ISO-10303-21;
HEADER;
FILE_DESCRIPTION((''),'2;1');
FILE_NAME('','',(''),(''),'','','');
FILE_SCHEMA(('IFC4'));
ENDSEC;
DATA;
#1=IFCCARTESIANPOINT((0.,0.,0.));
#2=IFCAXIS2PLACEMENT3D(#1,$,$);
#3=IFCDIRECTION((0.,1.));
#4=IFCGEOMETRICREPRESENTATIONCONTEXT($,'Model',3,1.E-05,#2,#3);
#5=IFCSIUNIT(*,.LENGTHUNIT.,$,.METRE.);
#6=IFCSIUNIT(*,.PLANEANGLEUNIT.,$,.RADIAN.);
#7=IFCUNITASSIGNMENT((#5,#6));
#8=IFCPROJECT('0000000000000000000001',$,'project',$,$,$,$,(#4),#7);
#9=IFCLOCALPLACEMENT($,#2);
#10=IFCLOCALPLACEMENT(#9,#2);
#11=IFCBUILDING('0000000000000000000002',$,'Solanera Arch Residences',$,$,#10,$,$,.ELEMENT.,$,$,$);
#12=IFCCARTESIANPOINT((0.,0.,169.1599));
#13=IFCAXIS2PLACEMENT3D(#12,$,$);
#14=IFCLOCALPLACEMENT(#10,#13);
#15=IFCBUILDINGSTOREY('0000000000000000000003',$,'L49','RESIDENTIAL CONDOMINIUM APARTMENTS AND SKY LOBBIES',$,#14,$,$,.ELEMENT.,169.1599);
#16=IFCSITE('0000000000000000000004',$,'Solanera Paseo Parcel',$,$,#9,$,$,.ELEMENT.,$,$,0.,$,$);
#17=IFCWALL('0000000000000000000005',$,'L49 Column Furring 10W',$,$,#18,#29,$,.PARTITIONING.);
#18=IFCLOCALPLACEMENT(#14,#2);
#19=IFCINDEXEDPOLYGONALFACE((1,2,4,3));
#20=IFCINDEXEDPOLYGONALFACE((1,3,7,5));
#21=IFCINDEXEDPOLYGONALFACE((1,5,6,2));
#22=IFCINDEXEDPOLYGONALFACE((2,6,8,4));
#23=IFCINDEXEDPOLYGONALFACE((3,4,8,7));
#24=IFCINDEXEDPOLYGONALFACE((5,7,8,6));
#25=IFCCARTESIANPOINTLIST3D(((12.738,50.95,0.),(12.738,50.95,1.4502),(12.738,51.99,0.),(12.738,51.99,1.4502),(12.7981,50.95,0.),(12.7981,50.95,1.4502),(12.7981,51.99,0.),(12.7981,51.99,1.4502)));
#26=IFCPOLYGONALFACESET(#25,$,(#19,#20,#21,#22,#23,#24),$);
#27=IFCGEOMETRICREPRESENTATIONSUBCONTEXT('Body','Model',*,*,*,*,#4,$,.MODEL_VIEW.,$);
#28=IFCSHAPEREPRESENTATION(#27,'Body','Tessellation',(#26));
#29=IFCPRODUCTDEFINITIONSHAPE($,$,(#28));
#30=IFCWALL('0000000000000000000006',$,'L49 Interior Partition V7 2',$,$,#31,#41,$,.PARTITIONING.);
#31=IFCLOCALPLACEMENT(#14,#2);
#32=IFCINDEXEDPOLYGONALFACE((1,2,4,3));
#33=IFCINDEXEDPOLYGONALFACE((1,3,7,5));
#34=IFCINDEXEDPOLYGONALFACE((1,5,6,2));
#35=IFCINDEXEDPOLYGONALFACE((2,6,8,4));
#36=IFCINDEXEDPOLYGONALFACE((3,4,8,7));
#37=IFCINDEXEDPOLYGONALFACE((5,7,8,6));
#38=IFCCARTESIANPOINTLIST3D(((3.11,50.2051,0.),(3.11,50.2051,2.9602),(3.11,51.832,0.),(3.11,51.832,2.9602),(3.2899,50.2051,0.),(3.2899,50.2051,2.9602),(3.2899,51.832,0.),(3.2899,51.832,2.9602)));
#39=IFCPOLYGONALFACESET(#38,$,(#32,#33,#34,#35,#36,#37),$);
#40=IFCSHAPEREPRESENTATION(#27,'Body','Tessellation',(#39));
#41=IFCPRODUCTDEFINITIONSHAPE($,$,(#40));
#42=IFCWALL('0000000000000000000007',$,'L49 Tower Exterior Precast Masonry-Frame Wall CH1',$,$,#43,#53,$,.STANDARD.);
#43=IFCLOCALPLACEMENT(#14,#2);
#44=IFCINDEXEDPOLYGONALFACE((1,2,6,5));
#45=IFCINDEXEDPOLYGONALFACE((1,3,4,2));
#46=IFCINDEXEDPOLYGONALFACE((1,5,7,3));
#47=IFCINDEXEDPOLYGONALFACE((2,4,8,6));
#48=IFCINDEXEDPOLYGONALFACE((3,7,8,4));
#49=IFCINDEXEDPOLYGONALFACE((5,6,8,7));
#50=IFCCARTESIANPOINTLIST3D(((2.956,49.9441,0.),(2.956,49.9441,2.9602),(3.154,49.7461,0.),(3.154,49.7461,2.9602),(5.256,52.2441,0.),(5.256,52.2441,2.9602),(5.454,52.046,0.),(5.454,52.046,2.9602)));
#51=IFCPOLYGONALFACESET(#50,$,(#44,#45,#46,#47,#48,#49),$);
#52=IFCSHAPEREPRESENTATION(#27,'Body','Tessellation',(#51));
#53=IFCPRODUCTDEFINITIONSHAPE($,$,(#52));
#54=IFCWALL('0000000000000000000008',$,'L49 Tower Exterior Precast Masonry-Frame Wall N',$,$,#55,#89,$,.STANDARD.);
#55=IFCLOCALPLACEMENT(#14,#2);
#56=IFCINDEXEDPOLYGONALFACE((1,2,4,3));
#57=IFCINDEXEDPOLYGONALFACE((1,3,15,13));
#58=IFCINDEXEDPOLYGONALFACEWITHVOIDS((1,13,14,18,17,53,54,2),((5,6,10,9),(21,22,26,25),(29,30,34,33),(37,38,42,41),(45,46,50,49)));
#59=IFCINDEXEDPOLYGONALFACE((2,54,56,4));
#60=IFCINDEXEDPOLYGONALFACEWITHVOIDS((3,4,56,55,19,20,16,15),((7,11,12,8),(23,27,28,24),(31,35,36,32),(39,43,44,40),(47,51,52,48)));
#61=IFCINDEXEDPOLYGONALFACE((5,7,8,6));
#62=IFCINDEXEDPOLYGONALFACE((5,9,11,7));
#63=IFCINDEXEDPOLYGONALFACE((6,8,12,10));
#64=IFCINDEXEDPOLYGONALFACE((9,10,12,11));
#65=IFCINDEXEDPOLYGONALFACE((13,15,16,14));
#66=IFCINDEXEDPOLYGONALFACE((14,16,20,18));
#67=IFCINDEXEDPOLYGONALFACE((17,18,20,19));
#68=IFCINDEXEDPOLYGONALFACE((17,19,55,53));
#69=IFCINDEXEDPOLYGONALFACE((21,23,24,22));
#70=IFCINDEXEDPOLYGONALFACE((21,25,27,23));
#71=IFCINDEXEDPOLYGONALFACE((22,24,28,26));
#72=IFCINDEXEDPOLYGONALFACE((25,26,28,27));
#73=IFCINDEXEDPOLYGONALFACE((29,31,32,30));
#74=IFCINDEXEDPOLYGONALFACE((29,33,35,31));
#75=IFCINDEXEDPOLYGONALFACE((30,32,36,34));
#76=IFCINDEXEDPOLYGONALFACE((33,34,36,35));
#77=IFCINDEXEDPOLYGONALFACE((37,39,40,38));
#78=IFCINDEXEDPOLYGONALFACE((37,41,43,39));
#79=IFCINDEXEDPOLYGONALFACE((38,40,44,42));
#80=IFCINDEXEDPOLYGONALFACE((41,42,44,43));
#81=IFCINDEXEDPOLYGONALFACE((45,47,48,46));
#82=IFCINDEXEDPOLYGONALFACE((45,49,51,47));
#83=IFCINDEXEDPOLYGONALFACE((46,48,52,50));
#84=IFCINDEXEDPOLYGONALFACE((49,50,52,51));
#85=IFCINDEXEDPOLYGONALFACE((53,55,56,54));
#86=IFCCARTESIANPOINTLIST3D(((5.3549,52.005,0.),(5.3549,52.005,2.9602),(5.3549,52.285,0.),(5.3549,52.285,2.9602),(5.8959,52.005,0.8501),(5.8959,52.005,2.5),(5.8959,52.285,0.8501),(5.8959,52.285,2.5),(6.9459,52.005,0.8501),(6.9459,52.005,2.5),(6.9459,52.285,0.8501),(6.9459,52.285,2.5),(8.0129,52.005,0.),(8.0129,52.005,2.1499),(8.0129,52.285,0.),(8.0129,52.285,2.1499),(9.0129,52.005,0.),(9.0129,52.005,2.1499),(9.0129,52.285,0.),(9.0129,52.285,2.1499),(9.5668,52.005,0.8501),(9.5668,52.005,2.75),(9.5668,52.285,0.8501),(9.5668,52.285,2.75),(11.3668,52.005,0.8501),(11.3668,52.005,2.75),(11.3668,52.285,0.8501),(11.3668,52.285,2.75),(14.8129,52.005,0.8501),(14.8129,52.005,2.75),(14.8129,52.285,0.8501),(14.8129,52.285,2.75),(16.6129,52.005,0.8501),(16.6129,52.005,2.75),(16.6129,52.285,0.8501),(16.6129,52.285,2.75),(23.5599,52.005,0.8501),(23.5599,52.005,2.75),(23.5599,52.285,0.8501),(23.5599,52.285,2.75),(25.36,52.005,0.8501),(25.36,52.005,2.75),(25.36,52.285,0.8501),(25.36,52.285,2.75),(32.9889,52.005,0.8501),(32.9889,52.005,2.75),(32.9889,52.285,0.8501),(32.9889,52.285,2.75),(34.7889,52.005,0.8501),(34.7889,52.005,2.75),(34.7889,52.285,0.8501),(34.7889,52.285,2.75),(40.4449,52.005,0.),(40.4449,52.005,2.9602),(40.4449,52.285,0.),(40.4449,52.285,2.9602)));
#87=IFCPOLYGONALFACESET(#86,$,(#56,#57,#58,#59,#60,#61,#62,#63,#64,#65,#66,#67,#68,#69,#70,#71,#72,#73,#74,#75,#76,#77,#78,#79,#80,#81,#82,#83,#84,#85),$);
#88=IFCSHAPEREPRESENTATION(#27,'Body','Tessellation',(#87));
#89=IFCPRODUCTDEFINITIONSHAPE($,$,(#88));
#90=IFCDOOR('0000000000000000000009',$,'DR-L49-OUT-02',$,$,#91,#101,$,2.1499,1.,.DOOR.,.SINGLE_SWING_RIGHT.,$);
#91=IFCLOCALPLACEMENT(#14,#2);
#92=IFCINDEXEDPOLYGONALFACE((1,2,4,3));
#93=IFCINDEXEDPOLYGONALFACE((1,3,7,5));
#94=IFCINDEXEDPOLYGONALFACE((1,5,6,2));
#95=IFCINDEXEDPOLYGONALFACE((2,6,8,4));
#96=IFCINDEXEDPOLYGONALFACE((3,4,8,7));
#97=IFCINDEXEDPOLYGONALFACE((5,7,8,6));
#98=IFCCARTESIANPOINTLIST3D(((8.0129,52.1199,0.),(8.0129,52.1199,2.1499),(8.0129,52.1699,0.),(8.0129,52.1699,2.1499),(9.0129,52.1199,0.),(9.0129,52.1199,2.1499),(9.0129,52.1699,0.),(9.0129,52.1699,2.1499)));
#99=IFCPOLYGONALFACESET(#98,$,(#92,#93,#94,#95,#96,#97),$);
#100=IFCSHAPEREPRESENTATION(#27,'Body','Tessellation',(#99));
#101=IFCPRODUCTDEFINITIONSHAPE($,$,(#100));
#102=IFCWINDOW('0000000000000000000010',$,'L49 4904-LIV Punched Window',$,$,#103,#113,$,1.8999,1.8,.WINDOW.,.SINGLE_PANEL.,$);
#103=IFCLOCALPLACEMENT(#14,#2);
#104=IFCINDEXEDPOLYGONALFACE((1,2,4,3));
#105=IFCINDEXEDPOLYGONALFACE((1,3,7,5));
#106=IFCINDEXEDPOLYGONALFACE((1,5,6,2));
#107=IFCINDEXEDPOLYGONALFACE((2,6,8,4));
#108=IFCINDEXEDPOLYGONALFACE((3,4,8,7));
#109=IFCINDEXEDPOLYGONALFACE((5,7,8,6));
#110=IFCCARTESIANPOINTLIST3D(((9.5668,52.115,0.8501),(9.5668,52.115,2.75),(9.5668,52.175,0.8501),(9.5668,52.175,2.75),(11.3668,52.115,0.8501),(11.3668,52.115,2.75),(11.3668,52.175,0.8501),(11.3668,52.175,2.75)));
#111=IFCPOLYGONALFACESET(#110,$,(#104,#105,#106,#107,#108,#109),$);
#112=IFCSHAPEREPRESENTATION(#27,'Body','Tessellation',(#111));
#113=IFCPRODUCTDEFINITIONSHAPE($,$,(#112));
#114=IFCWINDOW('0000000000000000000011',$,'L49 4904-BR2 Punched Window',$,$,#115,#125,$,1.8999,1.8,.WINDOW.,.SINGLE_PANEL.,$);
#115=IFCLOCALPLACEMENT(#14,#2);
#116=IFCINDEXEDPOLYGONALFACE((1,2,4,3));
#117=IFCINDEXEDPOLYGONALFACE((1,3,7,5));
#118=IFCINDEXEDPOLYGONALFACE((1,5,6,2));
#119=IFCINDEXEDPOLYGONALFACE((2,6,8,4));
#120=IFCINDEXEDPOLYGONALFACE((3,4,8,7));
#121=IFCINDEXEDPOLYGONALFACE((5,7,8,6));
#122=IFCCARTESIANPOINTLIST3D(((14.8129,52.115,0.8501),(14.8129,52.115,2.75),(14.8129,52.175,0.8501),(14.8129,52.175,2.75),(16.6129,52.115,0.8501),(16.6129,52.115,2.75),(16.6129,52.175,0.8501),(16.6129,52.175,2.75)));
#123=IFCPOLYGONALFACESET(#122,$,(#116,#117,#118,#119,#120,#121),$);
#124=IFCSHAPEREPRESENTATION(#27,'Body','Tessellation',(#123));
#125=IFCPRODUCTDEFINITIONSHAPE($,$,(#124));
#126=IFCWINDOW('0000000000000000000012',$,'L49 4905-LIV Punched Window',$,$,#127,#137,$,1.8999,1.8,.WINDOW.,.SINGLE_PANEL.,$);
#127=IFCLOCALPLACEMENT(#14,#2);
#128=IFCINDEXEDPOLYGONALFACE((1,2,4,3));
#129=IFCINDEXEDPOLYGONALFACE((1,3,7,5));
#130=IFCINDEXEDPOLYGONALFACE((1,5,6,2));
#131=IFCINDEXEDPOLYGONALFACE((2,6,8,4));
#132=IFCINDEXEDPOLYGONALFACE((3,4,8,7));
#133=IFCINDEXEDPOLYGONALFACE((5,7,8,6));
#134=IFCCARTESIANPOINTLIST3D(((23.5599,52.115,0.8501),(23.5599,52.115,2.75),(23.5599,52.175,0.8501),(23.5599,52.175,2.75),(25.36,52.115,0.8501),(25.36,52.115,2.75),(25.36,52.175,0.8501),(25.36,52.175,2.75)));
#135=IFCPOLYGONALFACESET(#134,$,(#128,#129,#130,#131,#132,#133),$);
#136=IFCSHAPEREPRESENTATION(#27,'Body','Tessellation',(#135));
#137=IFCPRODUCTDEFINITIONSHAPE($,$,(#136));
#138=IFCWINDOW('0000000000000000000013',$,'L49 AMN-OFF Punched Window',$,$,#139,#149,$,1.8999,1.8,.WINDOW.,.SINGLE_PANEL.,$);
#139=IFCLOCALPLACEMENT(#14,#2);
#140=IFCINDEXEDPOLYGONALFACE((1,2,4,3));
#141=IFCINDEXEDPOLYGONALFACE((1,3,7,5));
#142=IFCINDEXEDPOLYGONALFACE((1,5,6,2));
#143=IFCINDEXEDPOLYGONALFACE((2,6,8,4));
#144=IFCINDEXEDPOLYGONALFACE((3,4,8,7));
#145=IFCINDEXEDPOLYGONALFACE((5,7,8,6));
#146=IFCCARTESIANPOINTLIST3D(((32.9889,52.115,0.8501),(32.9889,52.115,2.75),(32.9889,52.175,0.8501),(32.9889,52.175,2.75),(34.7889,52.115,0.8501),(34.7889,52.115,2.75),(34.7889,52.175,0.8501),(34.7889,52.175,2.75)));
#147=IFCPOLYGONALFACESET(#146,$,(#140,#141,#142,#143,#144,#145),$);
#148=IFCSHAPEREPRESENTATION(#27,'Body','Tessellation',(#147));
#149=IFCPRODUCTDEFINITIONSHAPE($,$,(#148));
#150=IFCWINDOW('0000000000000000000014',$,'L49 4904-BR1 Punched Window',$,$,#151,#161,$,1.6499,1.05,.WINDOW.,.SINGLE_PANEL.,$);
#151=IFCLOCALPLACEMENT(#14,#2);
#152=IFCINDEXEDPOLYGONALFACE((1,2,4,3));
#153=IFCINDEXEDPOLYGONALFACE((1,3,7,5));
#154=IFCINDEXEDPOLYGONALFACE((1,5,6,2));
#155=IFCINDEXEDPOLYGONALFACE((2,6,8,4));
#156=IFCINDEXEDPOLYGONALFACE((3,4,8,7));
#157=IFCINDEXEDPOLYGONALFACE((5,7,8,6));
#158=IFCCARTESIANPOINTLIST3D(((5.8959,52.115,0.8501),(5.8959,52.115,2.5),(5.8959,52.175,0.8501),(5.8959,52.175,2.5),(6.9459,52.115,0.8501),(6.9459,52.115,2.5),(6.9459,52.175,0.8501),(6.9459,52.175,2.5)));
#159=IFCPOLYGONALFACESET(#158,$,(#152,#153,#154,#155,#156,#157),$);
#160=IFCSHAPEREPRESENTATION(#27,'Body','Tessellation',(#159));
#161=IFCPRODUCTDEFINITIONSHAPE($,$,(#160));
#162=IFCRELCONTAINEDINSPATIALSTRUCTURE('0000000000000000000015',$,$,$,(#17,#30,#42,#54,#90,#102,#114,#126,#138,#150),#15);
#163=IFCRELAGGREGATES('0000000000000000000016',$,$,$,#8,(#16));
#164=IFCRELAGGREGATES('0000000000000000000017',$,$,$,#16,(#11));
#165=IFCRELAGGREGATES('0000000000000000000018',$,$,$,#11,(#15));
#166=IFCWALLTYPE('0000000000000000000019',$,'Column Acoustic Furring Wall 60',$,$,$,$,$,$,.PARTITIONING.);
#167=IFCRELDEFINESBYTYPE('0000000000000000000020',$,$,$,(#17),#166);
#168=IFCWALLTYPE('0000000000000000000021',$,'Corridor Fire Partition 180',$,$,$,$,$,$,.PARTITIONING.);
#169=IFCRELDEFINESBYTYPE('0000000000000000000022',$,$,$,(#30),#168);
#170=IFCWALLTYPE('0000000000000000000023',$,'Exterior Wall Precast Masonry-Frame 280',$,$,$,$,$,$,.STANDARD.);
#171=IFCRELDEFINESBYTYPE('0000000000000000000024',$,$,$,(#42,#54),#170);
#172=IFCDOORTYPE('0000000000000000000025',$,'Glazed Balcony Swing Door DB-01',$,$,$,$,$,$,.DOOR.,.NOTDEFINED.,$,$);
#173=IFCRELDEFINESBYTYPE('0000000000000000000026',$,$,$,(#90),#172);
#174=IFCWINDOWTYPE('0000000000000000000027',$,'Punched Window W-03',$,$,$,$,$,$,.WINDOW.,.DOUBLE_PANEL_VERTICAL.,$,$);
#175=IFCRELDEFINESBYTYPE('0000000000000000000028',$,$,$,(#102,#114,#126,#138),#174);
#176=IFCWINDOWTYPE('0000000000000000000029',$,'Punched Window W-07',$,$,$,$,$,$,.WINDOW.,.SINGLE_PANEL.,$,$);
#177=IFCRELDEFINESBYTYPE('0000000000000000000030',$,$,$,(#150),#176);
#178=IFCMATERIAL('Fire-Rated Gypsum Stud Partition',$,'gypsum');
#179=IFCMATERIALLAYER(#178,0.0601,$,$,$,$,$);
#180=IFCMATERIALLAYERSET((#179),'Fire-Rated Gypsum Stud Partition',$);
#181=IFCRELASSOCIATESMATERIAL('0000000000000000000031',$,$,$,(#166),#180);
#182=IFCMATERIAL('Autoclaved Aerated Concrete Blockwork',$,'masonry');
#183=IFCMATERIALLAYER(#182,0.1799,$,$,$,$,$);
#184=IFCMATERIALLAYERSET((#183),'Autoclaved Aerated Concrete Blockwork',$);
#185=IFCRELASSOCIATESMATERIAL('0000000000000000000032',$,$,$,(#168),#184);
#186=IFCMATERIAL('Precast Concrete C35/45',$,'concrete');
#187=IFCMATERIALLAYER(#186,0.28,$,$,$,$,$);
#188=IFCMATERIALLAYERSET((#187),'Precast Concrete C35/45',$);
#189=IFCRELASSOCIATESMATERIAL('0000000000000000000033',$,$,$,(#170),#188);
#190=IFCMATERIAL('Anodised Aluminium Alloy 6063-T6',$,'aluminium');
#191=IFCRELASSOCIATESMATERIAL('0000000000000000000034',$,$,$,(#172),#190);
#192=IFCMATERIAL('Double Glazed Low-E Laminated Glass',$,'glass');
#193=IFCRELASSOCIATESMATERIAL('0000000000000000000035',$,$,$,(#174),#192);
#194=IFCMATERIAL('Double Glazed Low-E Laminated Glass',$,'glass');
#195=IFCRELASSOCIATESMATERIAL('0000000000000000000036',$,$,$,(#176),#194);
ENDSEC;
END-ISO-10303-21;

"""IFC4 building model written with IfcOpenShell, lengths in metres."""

from ifc_helpers import new_model, si_unit, direction, frame, frame_2d, origin, place, context, subcontext, project, spatial, rectangle, extrude, material, layer, layer_set, type_object, element, fill, save


model = new_model("IFC4")

# Units and contexts
model_context = context("Model", 3, precision=1e-05, world=origin(), true_north=direction((0.0, 1.0)))
body_context = subcontext(model_context, "Body", "Model", "MODEL_VIEW")
ifc_project = project(units=[si_unit("LENGTHUNIT", "METRE"), si_unit("PLANEANGLEUNIT", "RADIAN")], contexts=[model_context])

# Site, building, storey
site_placement = place(None, origin())
site = spatial("IfcSite", under=ifc_project, at=site_placement, Name="Solanera Paseo Parcel", CompositionType="ELEMENT", RefElevation=0.0)
building_placement = place(site_placement, origin())
building = spatial("IfcBuilding", under=site, at=building_placement, Name="Solanera Arch Residences", CompositionType="ELEMENT")
storey_placement = place(building_placement, frame((0.0, 0.0, 169.1599)))
storey = spatial("IfcBuildingStorey", under=building, at=storey_placement, Name="L49", Description="RESIDENTIAL CONDOMINIUM APARTMENTS AND SKY LOBBIES", CompositionType="ELEMENT", Elevation=169.1599)

# Walls
ifc_material_1 = material(Name="Fire-Rated Gypsum Stud Partition", Category="gypsum")
ifc_layer_1 = layer(ifc_material_1, 0.0601)
ifc_layer_set_1 = layer_set([ifc_layer_1], Name="Fire-Rated Gypsum Stud Partition")
wall_type_1 = type_object("IfcWallType", Name="Column Acoustic Furring Wall 60", PredefinedType="PARTITIONING", material=ifc_layer_set_1)
wall_1_placement = place(storey_placement, frame((12.7681, 50.95, 0.0), z_axis=(0.0, 0.0, 1.0), x_axis=(0.0, 1.0, 0.0)))
element("IfcWall", 1, at=wall_1_placement, inside=storey, type_object=wall_type_1, Name="L49 Column Furring 10W", PredefinedType="PARTITIONING", context=body_context, shape_type="SweptSolid", body=[
    extrude(rectangle(XDim=1.04, YDim=0.0601, at=frame_2d((0.52, 0.0))), origin(), (0.0, 0.0, 1.0), 1.4502),
])
ifc_material_2 = material(Name="Autoclaved Aerated Concrete Blockwork", Category="masonry")
ifc_layer_2 = layer(ifc_material_2, 0.1799)
ifc_layer_set_2 = layer_set([ifc_layer_2], Name="Autoclaved Aerated Concrete Blockwork")
wall_type_2 = type_object("IfcWallType", Name="Corridor Fire Partition 180", PredefinedType="PARTITIONING", material=ifc_layer_set_2)
wall_2_placement = place(storey_placement, frame((3.2, 50.2051, 0.0), z_axis=(0.0, 0.0, 1.0), x_axis=(0.0, 1.0, 0.0)))
element("IfcWall", 2, at=wall_2_placement, inside=storey, type_object=wall_type_2, Name="L49 Interior Partition V7 2", PredefinedType="PARTITIONING", context=body_context, shape_type="SweptSolid", body=[
    extrude(rectangle(XDim=1.627, YDim=0.1799, at=frame_2d((0.8135, 0.0))), origin(), (0.0, 0.0, 1.0), 2.9602),
])
ifc_material_3 = material(Name="Precast Concrete C35/45", Category="concrete")
ifc_layer_3 = layer(ifc_material_3, 0.28)
ifc_layer_set_3 = layer_set([ifc_layer_3], Name="Precast Concrete C35/45")
wall_type_3 = type_object("IfcWallType", Name="Exterior Wall Precast Masonry-Frame 280", PredefinedType="STANDARD", material=ifc_layer_set_3)
wall_3_placement = place(storey_placement, frame((3.0549, 49.845, 0.0), z_axis=(0.0, 0.0, 1.0), x_axis=(0.707107, 0.707107, 0.0)))
element("IfcWall", 3, at=wall_3_placement, inside=storey, type_object=wall_type_3, Name="L49 Tower Exterior Precast Masonry-Frame Wall CH1", PredefinedType="STANDARD", context=body_context, shape_type="SweptSolid", body=[
    extrude(rectangle(XDim=3.2527, YDim=0.28, at=frame_2d((1.6265, 0.0))), origin(), (0.0, 0.0, 1.0), 2.9602),
])

# Wall, openings, door, windows
wall_4_placement = place(storey_placement, frame((5.355, 52.145, 0.0), z_axis=(0.0, 0.0, 1.0), x_axis=(1.0, 0.0, 0.0)))
wall_4 = element("IfcWall", 4, at=wall_4_placement, inside=storey, type_object=wall_type_3, Name="L49 Tower Exterior Precast Masonry-Frame Wall N", PredefinedType="STANDARD", context=body_context, shape_type="SweptSolid", body=[
    extrude(rectangle(XDim=35.0901, YDim=0.28, at=frame_2d((17.5449, 0.0))), origin(), (0.0, 0.0, 1.0), 2.9602),
])
opening_1_placement = place(wall_4_placement, frame((2.658, 0.0, 0.0)))
opening_1 = element("IfcOpeningElement", 5, at=opening_1_placement, cuts=wall_4, PredefinedType="OPENING", context=body_context, shape_type="SweptSolid", body=[
    extrude(rectangle(XDim=1.0, YDim=2.1499, at=frame_2d((0.5, 1.075))), frame((0.0, 0.1499, 0.0), z_axis=(0.0, -1.0, 0.0), x_axis=(1.0, 0.0, 0.0)), (0.0, 0.0, 1.0), 0.3),
])
opening_2_placement = place(wall_4_placement, frame((4.2119, 0.0, 0.8501)))
opening_2 = element("IfcOpeningElement", 6, at=opening_2_placement, cuts=wall_4, PredefinedType="OPENING", context=body_context, shape_type="SweptSolid", body=[
    extrude(rectangle(XDim=1.8, YDim=1.8999, at=frame_2d((0.8999, 0.95))), frame((0.0, 0.1499, 0.0), z_axis=(0.0, -1.0, 0.0), x_axis=(1.0, 0.0, 0.0)), (0.0, 0.0, 1.0), 0.3),
])
opening_3_placement = place(wall_4_placement, frame((0.541, 0.0, 0.8501)))
opening_3 = element("IfcOpeningElement", 7, at=opening_3_placement, cuts=wall_4, PredefinedType="OPENING", context=body_context, shape_type="SweptSolid", body=[
    extrude(rectangle(XDim=1.05, YDim=1.6499, at=frame_2d((0.5249, 0.825))), frame((0.0, 0.1499, 0.0), z_axis=(0.0, -1.0, 0.0), x_axis=(1.0, 0.0, 0.0)), (0.0, 0.0, 1.0), 0.3),
])
opening_4_placement = place(wall_4_placement, frame((9.458, 0.0, 0.8501)))
opening_4 = element("IfcOpeningElement", 8, at=opening_4_placement, cuts=wall_4, PredefinedType="OPENING", context=body_context, shape_type="SweptSolid", body=[
    extrude(rectangle(XDim=1.8, YDim=1.8999, at=frame_2d((0.8999, 0.95))), frame((0.0, 0.1499, 0.0), z_axis=(0.0, -1.0, 0.0), x_axis=(1.0, 0.0, 0.0)), (0.0, 0.0, 1.0), 0.3),
])
opening_5_placement = place(wall_4_placement, frame((18.2051, 0.0, 0.8501)))
opening_5 = element("IfcOpeningElement", 9, at=opening_5_placement, cuts=wall_4, PredefinedType="OPENING", context=body_context, shape_type="SweptSolid", body=[
    extrude(rectangle(XDim=1.8, YDim=1.8999, at=frame_2d((0.8999, 0.95))), frame((0.0, 0.1499, 0.0), z_axis=(0.0, -1.0, 0.0), x_axis=(1.0, 0.0, 0.0)), (0.0, 0.0, 1.0), 0.3),
])
opening_6_placement = place(wall_4_placement, frame((27.634, 0.0, 0.8501)))
opening_6 = element("IfcOpeningElement", 10, at=opening_6_placement, cuts=wall_4, PredefinedType="OPENING", context=body_context, shape_type="SweptSolid", body=[
    extrude(rectangle(XDim=1.8, YDim=1.8999, at=frame_2d((0.8999, 0.95))), frame((0.0, 0.1499, 0.0), z_axis=(0.0, -1.0, 0.0), x_axis=(1.0, 0.0, 0.0)), (0.0, 0.0, 1.0), 0.3),
])
ifc_material_4 = material(Name="Anodised Aluminium Alloy 6063-T6", Category="aluminium")
door_type_1 = type_object("IfcDoorType", Name="Glazed Balcony Swing Door DB-01", OperationType="NOTDEFINED", PredefinedType="DOOR", material=ifc_material_4)
door_1_placement = place(opening_1_placement, origin())
door_1 = element("IfcDoor", 11, at=door_1_placement, inside=storey, type_object=door_type_1, Name="DR-L49-OUT-02", OperationType="SINGLE_SWING_RIGHT", OverallHeight=2.1499, OverallWidth=1.0, PredefinedType="DOOR", context=body_context, shape_type="SweptSolid", body=[
    extrude(rectangle(XDim=1.0, YDim=2.1499, at=frame_2d((0.5, 1.075))), frame((0.0, 0.0249, 0.0), z_axis=(0.0, -1.0, 0.0), x_axis=(1.0, 0.0, 0.0)), (0.0, 0.0, 1.0), 0.05),
])
fill(opening_1, door_1)
ifc_material_5 = material(Name="Double Glazed Low-E Laminated Glass", Category="glass")
window_type_1 = type_object("IfcWindowType", Name="Punched Window W-03", PartitioningType="DOUBLE_PANEL_VERTICAL", PredefinedType="WINDOW", material=ifc_material_5)
window_1_placement = place(opening_2_placement, origin())
window_1 = element("IfcWindow", 12, at=window_1_placement, inside=storey, type_object=window_type_1, Name="L49 4904-LIV Punched Window", OverallHeight=1.8999, OverallWidth=1.8, PartitioningType="SINGLE_PANEL", PredefinedType="WINDOW", context=body_context, shape_type="SweptSolid", body=[
    extrude(rectangle(XDim=1.8, YDim=1.8999, at=frame_2d((0.8999, 0.95))), frame((0.0, 0.03, 0.0), z_axis=(0.0, -1.0, 0.0), x_axis=(1.0, 0.0, 0.0)), (0.0, 0.0, 1.0), 0.0601),
])
fill(opening_2, window_1)
window_2_placement = place(opening_4_placement, origin())
window_2 = element("IfcWindow", 13, at=window_2_placement, inside=storey, type_object=window_type_1, Name="L49 4904-BR2 Punched Window", OverallHeight=1.8999, OverallWidth=1.8, PartitioningType="SINGLE_PANEL", PredefinedType="WINDOW", context=body_context, shape_type="SweptSolid", body=[
    extrude(rectangle(XDim=1.8, YDim=1.8999, at=frame_2d((0.8999, 0.95))), frame((0.0, 0.03, 0.0), z_axis=(0.0, -1.0, 0.0), x_axis=(1.0, 0.0, 0.0)), (0.0, 0.0, 1.0), 0.0601),
])
fill(opening_4, window_2)
window_3_placement = place(opening_5_placement, origin())
window_3 = element("IfcWindow", 14, at=window_3_placement, inside=storey, type_object=window_type_1, Name="L49 4905-LIV Punched Window", OverallHeight=1.8999, OverallWidth=1.8, PartitioningType="SINGLE_PANEL", PredefinedType="WINDOW", context=body_context, shape_type="SweptSolid", body=[
    extrude(rectangle(XDim=1.8, YDim=1.8999, at=frame_2d((0.8999, 0.95))), frame((0.0, 0.03, 0.0), z_axis=(0.0, -1.0, 0.0), x_axis=(1.0, 0.0, 0.0)), (0.0, 0.0, 1.0), 0.0601),
])
fill(opening_5, window_3)
window_4_placement = place(opening_6_placement, origin())
window_4 = element("IfcWindow", 15, at=window_4_placement, inside=storey, type_object=window_type_1, Name="L49 AMN-OFF Punched Window", OverallHeight=1.8999, OverallWidth=1.8, PartitioningType="SINGLE_PANEL", PredefinedType="WINDOW", context=body_context, shape_type="SweptSolid", body=[
    extrude(rectangle(XDim=1.8, YDim=1.8999, at=frame_2d((0.8999, 0.95))), frame((0.0, 0.03, 0.0), z_axis=(0.0, -1.0, 0.0), x_axis=(1.0, 0.0, 0.0)), (0.0, 0.0, 1.0), 0.0601),
])
fill(opening_6, window_4)
ifc_material_6 = material(Name="Double Glazed Low-E Laminated Glass", Category="glass")
window_type_2 = type_object("IfcWindowType", Name="Punched Window W-07", PartitioningType="SINGLE_PANEL", PredefinedType="WINDOW", material=ifc_material_6)
window_5_placement = place(opening_3_placement, origin())
window_5 = element("IfcWindow", 16, at=window_5_placement, inside=storey, type_object=window_type_2, Name="L49 4904-BR1 Punched Window", OverallHeight=1.6499, OverallWidth=1.05, PartitioningType="SINGLE_PANEL", PredefinedType="WINDOW", context=body_context, shape_type="SweptSolid", body=[
    extrude(rectangle(XDim=1.05, YDim=1.6499, at=frame_2d((0.5249, 0.825))), frame((0.0, 0.03, 0.0), z_axis=(0.0, -1.0, 0.0), x_axis=(1.0, 0.0, 0.0)), (0.0, 0.0, 1.0), 0.0601),
])
fill(opening_3, window_5)

save(model, "model.ifc")
